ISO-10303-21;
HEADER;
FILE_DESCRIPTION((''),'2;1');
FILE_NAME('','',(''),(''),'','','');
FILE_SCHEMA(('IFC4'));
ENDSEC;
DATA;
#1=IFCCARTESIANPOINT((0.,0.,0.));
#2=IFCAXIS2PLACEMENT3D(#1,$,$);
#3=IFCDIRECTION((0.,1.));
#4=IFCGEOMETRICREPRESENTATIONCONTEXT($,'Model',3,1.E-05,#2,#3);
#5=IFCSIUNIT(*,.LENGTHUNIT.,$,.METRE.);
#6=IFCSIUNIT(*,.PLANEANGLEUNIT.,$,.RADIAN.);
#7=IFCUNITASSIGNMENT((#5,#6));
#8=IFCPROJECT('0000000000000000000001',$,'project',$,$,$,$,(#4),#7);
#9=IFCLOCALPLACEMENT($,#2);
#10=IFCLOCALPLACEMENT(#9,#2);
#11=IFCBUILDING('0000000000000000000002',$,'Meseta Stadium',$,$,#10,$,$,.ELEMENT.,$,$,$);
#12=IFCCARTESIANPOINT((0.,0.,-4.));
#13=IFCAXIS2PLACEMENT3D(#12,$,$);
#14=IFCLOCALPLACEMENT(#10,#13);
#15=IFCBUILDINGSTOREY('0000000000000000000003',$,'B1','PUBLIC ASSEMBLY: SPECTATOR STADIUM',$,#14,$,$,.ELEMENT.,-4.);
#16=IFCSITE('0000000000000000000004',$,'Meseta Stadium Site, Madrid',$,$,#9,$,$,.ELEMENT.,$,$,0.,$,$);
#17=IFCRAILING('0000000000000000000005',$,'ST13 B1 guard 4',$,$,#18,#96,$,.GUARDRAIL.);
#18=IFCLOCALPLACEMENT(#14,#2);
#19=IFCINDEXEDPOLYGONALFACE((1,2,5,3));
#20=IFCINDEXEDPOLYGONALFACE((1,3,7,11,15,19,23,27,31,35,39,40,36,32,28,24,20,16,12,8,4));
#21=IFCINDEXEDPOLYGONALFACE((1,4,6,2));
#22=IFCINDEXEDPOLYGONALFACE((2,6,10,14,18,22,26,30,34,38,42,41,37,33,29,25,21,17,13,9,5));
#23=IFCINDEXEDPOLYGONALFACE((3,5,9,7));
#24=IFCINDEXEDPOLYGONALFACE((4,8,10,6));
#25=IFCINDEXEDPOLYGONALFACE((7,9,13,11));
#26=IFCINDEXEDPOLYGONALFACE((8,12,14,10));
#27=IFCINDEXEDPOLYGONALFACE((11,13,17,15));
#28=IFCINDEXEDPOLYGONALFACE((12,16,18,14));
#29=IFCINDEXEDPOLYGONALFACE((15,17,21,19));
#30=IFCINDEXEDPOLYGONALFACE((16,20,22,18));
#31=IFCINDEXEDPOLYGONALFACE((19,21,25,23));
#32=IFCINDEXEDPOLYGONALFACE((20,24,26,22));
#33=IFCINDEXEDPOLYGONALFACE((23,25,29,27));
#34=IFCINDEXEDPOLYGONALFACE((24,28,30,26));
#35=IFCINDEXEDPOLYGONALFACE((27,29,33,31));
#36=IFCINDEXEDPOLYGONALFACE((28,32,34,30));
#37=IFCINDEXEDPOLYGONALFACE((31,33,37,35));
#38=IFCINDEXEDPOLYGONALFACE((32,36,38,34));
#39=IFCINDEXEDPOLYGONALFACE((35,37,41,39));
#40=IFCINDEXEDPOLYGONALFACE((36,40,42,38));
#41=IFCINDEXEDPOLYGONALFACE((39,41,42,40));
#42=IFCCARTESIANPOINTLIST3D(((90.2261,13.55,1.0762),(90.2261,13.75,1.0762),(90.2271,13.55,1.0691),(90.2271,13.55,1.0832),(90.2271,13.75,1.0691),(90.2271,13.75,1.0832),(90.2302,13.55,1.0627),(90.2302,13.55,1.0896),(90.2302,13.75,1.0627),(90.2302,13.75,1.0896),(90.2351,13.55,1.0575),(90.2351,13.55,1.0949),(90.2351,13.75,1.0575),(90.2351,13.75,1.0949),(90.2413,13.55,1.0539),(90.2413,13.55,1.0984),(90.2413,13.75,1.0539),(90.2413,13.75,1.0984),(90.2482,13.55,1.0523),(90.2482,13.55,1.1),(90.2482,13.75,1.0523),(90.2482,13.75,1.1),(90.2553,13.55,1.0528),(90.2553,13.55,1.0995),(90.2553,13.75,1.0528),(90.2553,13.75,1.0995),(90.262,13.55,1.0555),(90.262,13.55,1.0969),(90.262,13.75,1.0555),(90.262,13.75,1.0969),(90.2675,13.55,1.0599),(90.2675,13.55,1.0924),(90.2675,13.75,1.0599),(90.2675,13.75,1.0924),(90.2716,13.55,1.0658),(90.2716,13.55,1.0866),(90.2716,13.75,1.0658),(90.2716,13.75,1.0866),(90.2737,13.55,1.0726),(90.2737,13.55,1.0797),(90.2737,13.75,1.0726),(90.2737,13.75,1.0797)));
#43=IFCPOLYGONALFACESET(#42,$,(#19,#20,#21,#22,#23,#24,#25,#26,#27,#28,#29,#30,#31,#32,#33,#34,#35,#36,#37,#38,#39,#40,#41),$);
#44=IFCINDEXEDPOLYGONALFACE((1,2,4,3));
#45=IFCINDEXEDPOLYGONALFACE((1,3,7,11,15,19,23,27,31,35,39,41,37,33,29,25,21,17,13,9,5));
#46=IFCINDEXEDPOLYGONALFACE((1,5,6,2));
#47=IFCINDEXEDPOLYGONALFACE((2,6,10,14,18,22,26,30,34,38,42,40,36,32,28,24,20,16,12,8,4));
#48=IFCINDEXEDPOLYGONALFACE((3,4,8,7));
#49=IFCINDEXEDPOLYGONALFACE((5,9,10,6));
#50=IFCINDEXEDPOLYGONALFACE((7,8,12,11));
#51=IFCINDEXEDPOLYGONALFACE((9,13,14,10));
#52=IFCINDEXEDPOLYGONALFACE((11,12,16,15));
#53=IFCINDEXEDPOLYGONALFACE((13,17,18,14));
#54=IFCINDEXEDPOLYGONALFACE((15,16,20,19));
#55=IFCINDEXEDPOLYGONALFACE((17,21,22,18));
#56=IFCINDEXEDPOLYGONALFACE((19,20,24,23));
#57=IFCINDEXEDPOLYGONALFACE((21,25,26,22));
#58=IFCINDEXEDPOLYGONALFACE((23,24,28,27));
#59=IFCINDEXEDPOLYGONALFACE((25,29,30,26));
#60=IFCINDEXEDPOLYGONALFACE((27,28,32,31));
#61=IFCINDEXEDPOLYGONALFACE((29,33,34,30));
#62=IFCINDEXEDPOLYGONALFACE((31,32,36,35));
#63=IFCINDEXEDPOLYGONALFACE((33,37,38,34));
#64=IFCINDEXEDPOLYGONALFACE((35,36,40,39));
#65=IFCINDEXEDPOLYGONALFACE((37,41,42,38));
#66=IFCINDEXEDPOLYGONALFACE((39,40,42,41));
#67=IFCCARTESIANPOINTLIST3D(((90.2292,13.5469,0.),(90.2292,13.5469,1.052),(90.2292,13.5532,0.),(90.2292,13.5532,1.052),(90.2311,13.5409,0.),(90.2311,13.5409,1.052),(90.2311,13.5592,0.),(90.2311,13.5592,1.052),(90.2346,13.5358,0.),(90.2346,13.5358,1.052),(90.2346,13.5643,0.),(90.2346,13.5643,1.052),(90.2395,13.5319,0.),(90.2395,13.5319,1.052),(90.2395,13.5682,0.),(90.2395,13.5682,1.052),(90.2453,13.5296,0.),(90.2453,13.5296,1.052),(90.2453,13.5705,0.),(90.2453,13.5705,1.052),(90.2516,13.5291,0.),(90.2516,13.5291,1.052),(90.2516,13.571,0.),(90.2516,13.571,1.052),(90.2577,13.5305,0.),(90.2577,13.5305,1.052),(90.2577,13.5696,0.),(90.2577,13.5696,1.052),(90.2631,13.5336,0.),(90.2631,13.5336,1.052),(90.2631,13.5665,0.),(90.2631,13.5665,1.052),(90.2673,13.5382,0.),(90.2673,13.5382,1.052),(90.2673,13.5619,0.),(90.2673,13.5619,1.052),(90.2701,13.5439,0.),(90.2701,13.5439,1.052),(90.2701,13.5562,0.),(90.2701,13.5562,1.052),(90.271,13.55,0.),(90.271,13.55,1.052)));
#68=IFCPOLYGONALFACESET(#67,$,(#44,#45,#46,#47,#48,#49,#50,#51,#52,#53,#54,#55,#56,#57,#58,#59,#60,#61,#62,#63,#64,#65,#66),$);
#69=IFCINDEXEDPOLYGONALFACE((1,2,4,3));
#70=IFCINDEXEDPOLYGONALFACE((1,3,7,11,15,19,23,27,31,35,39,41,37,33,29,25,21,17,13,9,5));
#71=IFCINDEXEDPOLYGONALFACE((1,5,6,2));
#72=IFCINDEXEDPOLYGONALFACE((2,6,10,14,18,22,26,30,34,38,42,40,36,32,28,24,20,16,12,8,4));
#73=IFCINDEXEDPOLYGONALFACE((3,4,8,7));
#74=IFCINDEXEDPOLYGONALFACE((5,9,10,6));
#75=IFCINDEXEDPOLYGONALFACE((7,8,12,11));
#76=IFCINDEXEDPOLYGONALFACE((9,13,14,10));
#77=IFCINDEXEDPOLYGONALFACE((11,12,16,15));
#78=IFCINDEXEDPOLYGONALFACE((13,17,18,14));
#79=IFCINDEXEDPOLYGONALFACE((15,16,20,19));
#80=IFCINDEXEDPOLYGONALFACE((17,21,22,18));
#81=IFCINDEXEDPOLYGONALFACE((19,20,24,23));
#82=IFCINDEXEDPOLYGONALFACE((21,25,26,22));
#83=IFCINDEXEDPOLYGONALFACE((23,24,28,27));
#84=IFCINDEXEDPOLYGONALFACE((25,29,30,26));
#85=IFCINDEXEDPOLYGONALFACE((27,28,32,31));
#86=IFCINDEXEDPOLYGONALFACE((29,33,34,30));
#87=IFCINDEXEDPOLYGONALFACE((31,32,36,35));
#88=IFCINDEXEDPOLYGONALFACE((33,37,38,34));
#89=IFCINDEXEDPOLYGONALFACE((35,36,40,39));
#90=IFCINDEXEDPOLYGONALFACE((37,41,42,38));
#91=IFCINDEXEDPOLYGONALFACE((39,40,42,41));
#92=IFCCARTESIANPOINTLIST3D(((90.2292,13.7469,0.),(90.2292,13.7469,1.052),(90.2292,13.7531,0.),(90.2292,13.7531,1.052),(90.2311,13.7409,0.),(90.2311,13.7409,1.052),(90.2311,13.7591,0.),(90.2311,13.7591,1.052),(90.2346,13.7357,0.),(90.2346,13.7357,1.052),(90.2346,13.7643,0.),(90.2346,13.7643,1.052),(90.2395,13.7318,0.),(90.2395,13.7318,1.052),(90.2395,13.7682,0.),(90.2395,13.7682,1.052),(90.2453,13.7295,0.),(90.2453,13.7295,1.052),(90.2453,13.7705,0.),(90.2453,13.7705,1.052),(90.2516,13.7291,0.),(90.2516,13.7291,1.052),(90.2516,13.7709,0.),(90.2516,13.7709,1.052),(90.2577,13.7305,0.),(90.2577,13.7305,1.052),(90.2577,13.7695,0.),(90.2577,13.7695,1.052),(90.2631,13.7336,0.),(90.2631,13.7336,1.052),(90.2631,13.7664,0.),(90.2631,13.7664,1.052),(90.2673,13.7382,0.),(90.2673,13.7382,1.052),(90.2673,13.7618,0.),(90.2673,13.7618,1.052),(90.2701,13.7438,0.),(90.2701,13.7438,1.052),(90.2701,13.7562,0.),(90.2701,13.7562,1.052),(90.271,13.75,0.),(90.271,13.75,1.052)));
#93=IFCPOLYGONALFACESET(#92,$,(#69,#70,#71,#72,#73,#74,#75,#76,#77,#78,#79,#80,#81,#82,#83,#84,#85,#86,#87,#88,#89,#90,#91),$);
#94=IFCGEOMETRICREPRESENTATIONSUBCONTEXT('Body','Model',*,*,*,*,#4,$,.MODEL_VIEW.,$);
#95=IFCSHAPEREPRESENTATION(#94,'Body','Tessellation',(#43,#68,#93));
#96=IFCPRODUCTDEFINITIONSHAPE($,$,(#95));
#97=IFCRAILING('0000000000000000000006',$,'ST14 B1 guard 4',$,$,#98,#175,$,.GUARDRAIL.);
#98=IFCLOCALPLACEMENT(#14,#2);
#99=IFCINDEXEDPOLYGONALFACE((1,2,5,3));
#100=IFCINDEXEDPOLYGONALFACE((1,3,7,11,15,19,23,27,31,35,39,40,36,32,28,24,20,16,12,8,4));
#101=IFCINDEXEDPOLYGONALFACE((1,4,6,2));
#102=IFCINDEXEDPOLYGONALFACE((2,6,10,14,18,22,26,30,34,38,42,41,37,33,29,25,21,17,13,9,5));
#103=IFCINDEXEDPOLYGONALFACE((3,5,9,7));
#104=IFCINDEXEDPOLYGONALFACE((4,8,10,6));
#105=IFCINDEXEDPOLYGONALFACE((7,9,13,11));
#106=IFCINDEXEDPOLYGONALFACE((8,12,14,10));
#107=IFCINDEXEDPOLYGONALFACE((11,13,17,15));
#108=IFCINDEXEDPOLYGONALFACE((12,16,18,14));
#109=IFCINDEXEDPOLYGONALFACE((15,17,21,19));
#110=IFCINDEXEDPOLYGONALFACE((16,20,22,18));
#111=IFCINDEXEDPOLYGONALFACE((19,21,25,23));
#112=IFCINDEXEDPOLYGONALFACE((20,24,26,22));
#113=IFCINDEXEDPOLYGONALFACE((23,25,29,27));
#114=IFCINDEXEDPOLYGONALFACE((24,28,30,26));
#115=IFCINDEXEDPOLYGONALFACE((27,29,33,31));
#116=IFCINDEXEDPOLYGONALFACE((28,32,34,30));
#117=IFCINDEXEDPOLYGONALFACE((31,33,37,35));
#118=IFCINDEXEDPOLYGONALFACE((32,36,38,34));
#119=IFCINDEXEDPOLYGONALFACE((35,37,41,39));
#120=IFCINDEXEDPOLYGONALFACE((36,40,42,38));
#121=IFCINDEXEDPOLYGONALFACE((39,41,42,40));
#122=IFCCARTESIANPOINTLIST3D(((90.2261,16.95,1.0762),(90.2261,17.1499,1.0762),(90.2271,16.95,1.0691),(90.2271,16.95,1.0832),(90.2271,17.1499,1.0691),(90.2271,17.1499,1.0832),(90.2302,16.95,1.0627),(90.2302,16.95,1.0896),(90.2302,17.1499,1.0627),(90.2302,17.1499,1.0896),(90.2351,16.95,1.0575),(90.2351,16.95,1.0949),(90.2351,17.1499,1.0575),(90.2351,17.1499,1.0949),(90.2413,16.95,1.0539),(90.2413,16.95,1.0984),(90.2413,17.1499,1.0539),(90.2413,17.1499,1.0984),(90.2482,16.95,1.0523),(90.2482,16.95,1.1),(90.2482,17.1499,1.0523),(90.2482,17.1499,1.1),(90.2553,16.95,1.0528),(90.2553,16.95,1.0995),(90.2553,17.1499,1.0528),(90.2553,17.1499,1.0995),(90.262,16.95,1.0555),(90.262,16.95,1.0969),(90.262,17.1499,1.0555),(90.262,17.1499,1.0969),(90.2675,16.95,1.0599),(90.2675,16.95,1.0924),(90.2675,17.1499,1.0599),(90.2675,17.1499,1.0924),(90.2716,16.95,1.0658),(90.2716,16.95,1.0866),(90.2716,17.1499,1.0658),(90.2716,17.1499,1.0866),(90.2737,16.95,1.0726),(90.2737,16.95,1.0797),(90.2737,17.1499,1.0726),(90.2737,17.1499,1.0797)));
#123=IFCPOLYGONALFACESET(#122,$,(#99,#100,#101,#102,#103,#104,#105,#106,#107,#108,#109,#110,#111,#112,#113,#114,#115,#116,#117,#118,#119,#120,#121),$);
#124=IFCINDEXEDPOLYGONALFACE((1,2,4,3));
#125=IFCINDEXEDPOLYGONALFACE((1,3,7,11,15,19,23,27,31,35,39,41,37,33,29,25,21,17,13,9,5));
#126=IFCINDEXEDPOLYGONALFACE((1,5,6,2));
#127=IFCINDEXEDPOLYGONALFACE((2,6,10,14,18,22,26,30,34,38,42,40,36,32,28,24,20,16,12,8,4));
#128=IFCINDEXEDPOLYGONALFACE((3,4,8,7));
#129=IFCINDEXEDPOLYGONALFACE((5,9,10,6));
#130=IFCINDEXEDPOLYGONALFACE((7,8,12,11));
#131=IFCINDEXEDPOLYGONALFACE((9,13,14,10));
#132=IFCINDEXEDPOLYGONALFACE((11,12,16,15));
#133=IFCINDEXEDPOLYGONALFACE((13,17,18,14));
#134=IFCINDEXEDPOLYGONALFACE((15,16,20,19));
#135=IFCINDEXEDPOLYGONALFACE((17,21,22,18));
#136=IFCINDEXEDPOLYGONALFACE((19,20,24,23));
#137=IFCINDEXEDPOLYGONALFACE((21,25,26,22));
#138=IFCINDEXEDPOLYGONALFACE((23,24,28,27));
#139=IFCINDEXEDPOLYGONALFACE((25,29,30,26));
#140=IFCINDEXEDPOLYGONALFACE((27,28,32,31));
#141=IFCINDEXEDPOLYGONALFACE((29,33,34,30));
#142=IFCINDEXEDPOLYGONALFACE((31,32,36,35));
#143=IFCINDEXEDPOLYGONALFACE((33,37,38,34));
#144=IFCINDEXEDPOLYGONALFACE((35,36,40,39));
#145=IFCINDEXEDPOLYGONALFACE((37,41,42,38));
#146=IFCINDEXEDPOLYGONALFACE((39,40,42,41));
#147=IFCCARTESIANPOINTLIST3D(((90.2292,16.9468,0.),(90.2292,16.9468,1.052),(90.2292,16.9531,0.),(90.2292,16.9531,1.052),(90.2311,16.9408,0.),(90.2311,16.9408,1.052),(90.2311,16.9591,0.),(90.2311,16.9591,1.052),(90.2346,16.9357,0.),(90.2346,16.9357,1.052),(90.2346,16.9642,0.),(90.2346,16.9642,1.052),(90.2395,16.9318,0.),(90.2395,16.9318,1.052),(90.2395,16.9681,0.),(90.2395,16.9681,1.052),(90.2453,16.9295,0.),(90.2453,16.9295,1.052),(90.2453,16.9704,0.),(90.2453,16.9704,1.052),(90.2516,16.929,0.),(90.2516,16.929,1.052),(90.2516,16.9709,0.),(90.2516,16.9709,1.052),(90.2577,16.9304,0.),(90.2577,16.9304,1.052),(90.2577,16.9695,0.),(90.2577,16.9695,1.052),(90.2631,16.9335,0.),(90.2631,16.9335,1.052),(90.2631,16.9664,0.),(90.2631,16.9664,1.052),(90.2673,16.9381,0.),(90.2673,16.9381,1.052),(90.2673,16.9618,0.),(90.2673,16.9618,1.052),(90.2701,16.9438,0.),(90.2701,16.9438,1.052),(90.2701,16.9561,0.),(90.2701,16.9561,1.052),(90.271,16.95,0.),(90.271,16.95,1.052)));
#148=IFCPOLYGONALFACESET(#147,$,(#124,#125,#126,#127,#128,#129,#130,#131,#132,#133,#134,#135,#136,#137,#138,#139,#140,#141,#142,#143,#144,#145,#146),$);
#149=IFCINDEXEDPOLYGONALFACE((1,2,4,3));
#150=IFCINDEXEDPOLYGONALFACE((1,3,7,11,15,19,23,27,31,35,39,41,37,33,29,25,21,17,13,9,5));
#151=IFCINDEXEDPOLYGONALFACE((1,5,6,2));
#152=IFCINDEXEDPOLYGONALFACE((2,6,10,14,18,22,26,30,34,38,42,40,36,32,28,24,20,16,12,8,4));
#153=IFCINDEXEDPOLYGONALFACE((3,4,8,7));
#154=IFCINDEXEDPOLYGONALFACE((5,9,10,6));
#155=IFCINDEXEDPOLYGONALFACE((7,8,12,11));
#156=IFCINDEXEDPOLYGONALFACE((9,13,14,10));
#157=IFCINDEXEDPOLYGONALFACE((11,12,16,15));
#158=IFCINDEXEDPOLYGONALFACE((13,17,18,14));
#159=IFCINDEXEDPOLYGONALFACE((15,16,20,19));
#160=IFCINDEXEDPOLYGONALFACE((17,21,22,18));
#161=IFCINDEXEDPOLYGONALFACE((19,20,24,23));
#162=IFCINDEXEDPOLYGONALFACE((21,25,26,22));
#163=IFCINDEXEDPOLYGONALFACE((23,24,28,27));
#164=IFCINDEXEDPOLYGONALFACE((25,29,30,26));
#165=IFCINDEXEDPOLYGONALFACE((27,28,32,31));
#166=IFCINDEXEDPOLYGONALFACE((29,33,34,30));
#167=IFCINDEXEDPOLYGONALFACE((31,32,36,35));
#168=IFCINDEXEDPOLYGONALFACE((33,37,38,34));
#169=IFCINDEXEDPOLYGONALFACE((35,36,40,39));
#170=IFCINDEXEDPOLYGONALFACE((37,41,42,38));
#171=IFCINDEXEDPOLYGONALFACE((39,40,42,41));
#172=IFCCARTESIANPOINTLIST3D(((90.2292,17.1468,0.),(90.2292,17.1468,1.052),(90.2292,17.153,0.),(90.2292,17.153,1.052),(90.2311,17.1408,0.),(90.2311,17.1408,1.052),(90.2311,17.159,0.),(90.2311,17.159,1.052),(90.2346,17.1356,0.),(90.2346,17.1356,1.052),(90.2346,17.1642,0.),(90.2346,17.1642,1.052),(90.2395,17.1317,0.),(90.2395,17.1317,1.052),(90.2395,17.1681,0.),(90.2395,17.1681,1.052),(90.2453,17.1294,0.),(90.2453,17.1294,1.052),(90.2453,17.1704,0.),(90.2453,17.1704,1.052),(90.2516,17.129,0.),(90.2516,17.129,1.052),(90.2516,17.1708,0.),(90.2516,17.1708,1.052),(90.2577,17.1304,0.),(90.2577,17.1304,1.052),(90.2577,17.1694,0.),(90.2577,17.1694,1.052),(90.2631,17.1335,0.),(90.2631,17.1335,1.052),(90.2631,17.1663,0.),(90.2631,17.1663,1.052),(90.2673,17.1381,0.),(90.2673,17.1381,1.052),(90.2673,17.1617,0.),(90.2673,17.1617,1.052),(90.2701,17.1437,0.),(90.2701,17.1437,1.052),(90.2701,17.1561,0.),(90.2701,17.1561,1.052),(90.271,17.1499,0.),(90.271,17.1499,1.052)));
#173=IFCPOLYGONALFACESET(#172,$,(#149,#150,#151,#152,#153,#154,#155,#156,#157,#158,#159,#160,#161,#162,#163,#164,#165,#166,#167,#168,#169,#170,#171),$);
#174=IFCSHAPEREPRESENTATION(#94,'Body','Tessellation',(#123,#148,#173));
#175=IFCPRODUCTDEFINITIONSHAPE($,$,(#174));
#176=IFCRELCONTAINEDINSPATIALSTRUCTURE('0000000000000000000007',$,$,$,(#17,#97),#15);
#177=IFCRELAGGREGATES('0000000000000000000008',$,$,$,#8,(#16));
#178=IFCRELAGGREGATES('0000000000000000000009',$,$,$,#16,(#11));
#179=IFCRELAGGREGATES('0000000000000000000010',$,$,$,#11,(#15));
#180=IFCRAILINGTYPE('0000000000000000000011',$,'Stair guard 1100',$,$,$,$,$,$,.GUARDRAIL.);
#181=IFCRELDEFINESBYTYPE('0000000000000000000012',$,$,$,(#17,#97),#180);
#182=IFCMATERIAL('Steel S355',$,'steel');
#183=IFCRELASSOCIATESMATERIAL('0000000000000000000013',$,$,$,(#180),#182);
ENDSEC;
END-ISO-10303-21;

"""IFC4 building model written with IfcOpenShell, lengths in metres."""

from ifc_helpers import new_model, si_unit, direction, frame, origin, origin_2d, place, context, subcontext, project, spatial, circle, extrude, material, type_object, element, save


model = new_model("IFC4")

# Units and contexts
model_context = context("Model", 3, precision=1e-05, world=origin(), true_north=direction((0.0, 1.0)))
body_context = subcontext(model_context, "Body", "Model", "MODEL_VIEW")
ifc_project = project(units=[si_unit("LENGTHUNIT", "METRE"), si_unit("PLANEANGLEUNIT", "RADIAN")], contexts=[model_context])

# Site, building, storey
site_placement = place(None, origin())
site = spatial("IfcSite", under=ifc_project, at=site_placement, Name="Meseta Stadium Site, Madrid", CompositionType="ELEMENT", RefElevation=0.0)
building_placement = place(site_placement, origin())
building = spatial("IfcBuilding", under=site, at=building_placement, Name="Meseta Stadium", CompositionType="ELEMENT")
storey_placement = place(building_placement, frame((0.0, 0.0, -4.0)))
storey = spatial("IfcBuildingStorey", under=building, at=storey_placement, Name="B1", Description="PUBLIC ASSEMBLY: SPECTATOR STADIUM", CompositionType="ELEMENT", Elevation=-4.0)

# Railings
ifc_material_1 = material(Name="Steel S355", Category="steel")
railing_type_1 = type_object("IfcRailingType", Name="Stair guard 1100", PredefinedType="GUARDRAIL", material=ifc_material_1)
for number, where, name in (
    (1, (90.25, 13.55, 0.0), "ST13 B1 guard 4"),
    (2, (90.25, 16.95, 0.0), "ST14 B1 guard 4"),
):
    element("IfcRailing", number, at=place(storey_placement, frame(where)), inside=storey, type_object=railing_type_1, Name=name, PredefinedType="GUARDRAIL", context=body_context, shape_type="SweptSolid", body=[
        extrude(circle(Radius=0.0239, at=origin_2d()), frame((0.0, 0.0, 1.0762), z_axis=(0.0, 1.0, 0.0), x_axis=(-1.0, 0.0, 0.0)), (0.0, 0.0, 1.0), 0.2),
        extrude(circle(Radius=0.021, at=origin_2d()), origin(), (0.0, 0.0, 1.0), 1.052),
        extrude(circle(Radius=0.021, at=origin_2d()), frame((0.0, 0.2, 0.0)), (0.0, 0.0, 1.0), 1.052),
    ])

save(model, "model.ifc")
